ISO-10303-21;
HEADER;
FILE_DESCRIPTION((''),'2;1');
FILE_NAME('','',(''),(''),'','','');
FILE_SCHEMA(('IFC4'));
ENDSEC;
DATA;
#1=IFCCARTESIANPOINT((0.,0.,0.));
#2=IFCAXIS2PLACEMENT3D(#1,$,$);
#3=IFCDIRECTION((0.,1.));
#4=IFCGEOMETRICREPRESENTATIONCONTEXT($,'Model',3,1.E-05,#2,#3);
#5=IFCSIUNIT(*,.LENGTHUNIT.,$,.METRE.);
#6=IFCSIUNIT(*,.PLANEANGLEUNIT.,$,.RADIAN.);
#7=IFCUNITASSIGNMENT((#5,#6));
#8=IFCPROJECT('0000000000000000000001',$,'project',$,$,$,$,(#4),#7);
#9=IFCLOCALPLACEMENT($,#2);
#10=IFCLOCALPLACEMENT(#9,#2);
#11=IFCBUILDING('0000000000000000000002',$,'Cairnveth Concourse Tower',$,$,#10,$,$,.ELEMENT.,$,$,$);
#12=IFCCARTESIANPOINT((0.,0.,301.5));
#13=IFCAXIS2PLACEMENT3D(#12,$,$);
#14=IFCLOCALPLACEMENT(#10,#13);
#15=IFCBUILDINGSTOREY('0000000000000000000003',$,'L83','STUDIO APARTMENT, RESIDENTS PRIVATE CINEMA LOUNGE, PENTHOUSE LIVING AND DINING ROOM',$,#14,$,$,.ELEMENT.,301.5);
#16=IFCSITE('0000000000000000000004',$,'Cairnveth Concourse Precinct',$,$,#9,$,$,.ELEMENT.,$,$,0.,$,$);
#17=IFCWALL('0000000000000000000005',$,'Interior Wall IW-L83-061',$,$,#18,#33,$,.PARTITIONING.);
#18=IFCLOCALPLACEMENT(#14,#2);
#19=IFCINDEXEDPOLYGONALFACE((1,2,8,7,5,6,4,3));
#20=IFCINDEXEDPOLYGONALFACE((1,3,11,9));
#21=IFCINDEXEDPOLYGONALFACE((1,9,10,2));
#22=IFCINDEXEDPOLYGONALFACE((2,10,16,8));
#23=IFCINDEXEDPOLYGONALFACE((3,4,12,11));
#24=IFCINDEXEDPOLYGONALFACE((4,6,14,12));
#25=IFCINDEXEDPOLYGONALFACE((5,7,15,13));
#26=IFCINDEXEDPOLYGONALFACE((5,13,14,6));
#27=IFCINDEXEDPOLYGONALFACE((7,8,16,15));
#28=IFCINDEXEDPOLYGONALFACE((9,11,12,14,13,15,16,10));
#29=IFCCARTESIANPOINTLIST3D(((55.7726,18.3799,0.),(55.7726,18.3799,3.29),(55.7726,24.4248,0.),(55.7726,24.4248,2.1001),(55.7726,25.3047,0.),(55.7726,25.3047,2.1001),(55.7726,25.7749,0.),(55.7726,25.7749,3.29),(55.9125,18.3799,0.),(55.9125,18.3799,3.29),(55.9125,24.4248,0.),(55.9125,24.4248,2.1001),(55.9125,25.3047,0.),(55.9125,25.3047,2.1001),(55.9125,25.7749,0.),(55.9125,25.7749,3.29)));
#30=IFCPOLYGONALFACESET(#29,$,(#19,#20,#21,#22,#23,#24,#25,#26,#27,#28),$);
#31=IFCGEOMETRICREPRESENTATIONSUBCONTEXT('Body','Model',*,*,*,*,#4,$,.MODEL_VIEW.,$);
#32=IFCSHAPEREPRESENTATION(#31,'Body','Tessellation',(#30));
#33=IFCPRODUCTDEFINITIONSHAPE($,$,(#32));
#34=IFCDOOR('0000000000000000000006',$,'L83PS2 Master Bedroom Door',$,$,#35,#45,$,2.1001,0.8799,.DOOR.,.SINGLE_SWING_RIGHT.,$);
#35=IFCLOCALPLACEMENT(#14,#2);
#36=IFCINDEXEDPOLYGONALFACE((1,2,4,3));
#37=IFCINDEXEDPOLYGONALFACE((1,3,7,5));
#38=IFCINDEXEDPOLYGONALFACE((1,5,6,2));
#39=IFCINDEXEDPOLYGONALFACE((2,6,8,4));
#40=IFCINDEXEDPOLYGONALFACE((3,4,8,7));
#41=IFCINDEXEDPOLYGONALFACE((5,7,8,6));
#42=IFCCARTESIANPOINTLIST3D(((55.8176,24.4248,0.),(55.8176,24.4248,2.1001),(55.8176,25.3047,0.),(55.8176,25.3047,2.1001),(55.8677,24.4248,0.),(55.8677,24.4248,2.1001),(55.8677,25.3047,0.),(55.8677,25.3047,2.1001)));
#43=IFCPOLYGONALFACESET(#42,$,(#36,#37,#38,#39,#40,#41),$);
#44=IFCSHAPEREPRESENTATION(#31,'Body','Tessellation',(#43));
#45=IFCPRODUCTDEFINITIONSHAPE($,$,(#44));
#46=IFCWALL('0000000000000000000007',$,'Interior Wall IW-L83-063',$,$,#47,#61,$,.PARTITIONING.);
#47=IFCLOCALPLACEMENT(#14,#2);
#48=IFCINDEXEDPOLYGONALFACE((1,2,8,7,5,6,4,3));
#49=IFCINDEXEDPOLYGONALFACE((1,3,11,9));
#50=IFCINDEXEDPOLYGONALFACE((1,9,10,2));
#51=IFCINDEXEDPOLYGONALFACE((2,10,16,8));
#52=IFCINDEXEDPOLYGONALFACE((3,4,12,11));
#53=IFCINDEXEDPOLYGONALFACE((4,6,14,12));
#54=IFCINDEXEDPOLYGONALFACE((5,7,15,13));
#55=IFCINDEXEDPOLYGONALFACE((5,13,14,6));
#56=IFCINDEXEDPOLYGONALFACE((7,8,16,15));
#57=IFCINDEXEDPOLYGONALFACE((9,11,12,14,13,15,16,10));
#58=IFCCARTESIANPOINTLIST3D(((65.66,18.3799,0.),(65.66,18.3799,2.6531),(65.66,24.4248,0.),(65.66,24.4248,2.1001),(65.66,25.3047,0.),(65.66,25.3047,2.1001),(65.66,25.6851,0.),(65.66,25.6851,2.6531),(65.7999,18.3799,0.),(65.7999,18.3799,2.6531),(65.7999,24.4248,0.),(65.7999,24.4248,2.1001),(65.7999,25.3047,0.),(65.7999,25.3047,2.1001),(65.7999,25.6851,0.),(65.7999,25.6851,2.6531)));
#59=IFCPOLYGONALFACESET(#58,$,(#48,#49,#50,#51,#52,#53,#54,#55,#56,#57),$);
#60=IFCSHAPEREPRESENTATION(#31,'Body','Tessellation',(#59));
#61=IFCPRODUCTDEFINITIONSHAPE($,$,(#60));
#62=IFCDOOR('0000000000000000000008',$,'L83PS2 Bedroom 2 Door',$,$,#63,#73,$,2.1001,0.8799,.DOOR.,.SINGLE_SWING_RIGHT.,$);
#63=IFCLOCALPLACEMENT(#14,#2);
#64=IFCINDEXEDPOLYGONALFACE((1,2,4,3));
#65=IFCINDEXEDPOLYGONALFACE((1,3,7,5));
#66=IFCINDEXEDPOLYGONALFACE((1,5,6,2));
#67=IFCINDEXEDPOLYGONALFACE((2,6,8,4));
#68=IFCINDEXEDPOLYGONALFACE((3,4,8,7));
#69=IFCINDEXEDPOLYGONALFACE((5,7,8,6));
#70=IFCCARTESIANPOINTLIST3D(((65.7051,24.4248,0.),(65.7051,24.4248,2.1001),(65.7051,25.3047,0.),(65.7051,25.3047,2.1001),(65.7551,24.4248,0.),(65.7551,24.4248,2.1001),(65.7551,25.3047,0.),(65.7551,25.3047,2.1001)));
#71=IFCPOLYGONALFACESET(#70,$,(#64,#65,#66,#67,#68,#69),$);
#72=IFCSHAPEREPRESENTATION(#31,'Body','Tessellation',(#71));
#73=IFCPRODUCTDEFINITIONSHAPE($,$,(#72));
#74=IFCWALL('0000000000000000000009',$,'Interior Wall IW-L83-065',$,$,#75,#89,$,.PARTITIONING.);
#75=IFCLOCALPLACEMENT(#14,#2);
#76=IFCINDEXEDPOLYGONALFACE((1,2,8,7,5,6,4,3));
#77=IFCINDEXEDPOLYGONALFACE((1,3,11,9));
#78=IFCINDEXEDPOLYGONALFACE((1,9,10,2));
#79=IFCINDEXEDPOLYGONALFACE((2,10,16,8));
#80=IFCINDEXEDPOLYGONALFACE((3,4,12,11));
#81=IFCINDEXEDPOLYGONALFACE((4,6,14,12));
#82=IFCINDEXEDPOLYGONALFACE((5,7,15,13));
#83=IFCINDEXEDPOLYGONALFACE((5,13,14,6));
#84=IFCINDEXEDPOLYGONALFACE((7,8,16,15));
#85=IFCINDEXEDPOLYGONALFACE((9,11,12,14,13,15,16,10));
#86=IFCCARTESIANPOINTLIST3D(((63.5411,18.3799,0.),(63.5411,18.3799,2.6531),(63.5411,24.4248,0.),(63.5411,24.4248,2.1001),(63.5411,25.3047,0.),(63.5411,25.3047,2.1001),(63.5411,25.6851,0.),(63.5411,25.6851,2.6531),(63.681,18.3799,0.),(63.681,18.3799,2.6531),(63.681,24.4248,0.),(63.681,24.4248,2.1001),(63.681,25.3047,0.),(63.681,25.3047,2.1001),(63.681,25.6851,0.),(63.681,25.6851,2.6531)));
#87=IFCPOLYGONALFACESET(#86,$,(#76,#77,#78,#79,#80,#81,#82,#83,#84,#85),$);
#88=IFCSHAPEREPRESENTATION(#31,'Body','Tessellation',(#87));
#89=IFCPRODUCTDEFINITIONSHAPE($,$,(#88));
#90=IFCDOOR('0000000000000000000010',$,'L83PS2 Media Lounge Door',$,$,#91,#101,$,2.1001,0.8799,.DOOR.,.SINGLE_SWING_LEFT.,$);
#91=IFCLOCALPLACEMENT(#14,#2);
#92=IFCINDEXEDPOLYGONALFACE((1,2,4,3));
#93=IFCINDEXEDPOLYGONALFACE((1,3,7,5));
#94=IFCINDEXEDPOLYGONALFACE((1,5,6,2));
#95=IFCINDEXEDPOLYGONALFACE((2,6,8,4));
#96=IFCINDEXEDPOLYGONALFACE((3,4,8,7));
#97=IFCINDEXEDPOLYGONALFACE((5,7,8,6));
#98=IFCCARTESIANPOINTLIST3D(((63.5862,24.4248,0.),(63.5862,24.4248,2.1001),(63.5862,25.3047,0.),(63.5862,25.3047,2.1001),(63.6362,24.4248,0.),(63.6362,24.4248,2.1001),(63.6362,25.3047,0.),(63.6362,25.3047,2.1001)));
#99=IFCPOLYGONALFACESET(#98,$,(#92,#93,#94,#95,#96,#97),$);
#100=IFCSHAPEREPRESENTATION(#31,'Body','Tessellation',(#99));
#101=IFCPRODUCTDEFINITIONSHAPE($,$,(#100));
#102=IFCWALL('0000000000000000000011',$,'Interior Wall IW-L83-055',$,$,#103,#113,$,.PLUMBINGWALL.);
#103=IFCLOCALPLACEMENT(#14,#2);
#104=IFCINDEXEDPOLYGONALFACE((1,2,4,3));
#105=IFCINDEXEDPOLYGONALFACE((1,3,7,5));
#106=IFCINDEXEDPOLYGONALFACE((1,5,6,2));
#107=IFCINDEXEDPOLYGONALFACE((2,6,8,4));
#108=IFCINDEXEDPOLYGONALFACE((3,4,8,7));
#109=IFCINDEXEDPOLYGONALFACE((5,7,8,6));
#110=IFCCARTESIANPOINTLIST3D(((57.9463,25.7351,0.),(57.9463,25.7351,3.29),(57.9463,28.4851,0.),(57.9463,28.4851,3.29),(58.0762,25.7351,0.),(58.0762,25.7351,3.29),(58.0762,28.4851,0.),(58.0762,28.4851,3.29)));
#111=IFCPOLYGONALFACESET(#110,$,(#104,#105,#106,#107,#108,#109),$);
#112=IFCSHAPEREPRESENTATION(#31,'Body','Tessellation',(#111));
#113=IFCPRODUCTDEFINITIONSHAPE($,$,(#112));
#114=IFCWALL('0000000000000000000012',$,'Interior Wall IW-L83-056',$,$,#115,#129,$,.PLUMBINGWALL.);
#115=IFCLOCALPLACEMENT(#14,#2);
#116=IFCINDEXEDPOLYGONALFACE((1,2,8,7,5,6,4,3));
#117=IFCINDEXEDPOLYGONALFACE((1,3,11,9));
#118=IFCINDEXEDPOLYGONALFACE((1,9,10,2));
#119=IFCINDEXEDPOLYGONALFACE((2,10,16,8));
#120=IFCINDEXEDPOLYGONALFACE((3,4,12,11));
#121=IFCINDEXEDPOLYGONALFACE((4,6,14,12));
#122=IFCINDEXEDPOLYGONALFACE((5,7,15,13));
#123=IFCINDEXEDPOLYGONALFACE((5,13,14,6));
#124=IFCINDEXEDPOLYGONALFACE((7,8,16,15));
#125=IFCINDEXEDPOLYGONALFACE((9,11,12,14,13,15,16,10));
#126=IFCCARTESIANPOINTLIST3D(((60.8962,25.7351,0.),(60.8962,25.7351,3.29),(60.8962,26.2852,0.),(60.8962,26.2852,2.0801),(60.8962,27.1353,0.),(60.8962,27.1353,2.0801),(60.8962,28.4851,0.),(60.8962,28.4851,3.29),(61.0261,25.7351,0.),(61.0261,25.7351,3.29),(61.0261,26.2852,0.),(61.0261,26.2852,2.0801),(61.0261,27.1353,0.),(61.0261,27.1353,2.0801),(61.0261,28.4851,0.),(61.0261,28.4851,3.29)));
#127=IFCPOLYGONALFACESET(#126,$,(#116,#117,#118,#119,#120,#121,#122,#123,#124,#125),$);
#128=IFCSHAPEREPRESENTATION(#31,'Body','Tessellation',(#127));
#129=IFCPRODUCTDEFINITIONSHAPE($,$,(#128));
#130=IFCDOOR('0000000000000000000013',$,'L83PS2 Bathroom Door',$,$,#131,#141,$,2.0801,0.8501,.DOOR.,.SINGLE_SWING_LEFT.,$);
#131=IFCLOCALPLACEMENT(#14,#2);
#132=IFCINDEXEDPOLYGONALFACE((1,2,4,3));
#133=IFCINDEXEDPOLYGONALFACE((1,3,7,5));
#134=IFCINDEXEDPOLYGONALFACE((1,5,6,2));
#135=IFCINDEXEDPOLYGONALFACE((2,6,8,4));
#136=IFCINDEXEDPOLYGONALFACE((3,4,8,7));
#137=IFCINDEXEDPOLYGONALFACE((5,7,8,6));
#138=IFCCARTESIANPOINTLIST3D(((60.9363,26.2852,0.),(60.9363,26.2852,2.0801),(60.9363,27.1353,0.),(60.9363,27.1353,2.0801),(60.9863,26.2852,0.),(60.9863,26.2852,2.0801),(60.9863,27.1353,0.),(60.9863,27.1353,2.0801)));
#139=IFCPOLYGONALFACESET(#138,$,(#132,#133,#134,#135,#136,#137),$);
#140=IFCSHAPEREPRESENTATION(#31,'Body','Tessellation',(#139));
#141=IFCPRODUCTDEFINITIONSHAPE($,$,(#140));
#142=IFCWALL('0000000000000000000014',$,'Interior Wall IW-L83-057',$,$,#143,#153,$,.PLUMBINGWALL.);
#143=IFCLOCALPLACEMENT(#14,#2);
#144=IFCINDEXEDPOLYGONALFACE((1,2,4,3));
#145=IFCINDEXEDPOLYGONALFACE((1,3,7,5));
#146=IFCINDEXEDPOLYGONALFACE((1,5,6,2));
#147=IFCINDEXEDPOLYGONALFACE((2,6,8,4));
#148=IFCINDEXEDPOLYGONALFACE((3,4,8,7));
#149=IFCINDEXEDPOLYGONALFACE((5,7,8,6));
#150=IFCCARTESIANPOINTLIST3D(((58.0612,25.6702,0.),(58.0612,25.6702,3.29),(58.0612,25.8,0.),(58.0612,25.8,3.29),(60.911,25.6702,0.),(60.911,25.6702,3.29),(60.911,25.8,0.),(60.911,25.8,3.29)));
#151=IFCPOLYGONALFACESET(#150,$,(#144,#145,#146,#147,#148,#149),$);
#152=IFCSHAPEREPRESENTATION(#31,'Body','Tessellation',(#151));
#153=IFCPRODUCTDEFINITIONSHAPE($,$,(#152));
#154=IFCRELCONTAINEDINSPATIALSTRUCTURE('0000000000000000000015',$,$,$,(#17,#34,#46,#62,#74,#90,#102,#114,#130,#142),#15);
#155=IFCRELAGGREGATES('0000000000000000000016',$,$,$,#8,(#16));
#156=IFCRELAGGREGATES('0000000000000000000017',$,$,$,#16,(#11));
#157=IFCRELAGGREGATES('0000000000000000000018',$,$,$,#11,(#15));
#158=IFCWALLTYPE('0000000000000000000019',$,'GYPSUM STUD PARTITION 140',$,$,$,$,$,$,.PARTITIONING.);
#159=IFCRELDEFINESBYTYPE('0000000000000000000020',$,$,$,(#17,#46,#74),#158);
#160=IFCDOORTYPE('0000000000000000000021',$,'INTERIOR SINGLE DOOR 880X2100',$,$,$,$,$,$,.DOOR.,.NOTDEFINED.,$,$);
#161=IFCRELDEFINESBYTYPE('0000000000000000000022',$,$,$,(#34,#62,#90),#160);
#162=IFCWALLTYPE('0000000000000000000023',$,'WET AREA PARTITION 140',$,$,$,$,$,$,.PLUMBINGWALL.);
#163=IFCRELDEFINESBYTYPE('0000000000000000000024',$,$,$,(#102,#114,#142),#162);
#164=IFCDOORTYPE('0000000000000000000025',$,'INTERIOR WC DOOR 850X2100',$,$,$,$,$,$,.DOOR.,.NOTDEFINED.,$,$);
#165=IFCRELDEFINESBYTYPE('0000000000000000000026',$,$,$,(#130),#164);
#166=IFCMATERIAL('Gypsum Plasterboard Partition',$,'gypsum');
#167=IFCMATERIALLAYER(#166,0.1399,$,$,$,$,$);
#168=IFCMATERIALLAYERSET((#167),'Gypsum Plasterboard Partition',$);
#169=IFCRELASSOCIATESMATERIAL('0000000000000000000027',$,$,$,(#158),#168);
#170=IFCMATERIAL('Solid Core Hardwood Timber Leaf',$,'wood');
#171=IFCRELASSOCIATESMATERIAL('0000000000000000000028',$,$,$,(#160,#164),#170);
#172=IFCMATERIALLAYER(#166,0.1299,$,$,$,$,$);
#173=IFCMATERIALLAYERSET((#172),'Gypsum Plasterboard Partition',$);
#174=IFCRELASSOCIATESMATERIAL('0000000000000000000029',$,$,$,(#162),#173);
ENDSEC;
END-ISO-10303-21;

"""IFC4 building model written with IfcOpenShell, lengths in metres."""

from ifc_helpers import new_model, si_unit, direction, frame, frame_2d, origin, place, context, subcontext, project, spatial, rectangle, extrude, material, layer, layer_set, type_object, element, fill, save


model = new_model("IFC4")

# Units and contexts
model_context = context("Model", 3, precision=1e-05, world=origin(), true_north=direction((0.0, 1.0)))
body_context = subcontext(model_context, "Body", "Model", "MODEL_VIEW")
ifc_project = project(units=[si_unit("LENGTHUNIT", "METRE"), si_unit("PLANEANGLEUNIT", "RADIAN")], contexts=[model_context])

# Site, building, storey
site_placement = place(None, origin())
site = spatial("IfcSite", under=ifc_project, at=site_placement, Name="Cairnveth Concourse Precinct", CompositionType="ELEMENT", RefElevation=0.0)
building_placement = place(site_placement, origin())
building = spatial("IfcBuilding", under=site, at=building_placement, Name="Cairnveth Concourse Tower", CompositionType="ELEMENT")
storey_placement = place(building_placement, frame((0.0, 0.0, 301.5)))
storey = spatial("IfcBuildingStorey", under=building, at=storey_placement, Name="L83", Description="STUDIO APARTMENT, RESIDENTS PRIVATE CINEMA LOUNGE, PENTHOUSE LIVING AND DINING ROOM", CompositionType="ELEMENT", Elevation=301.5)

# Walls, openings, doors
ifc_material_1 = material(Name="Gypsum Plasterboard Partition", Category="gypsum")
ifc_material_2 = material(Name="Solid Core Hardwood Timber Leaf", Category="wood")
ifc_layer_1 = layer(ifc_material_1, 0.1399)
ifc_layer_set_1 = layer_set([ifc_layer_1], Name="Gypsum Plasterboard Partition")
wall_type_1 = type_object("IfcWallType", Name="GYPSUM STUD PARTITION 140", PredefinedType="PARTITIONING", material=ifc_layer_set_1)
wall_1_placement = place(storey_placement, frame((55.8425, 18.3799, 0.0), z_axis=(0.0, 0.0, 1.0), x_axis=(0.0, 1.0, 0.0)))
wall_1 = element("IfcWall", 1, at=wall_1_placement, inside=storey, type_object=wall_type_1, Name="Interior Wall IW-L83-061", PredefinedType="PARTITIONING", context=body_context, shape_type="SweptSolid", body=[
    extrude(rectangle(XDim=7.395, YDim=0.1399, at=frame_2d((3.6975, 0.0))), origin(), (0.0, 0.0, 1.0), 3.29),
])
opening_1_placement = place(wall_1_placement, frame((6.0449, 0.0, 0.0)))
opening_1 = element("IfcOpeningElement", 2, at=opening_1_placement, cuts=wall_1, PredefinedType="OPENING", context=body_context, shape_type="SweptSolid", body=[
    extrude(rectangle(XDim=0.8799, YDim=2.1001, at=frame_2d((0.4399, 1.05))), frame((0.0, 0.0798, 0.0), z_axis=(0.0, -1.0, 0.0), x_axis=(1.0, 0.0, 0.0)), (0.0, 0.0, 1.0), 0.1599),
])
door_type_1 = type_object("IfcDoorType", Name="INTERIOR SINGLE DOOR 880X2100", OperationType="NOTDEFINED", PredefinedType="DOOR", material=ifc_material_2)
door_1_placement = place(opening_1_placement, origin())
door_1 = element("IfcDoor", 3, at=door_1_placement, inside=storey, type_object=door_type_1, Name="L83PS2 Master Bedroom Door", OperationType="SINGLE_SWING_RIGHT", OverallHeight=2.1001, OverallWidth=0.8799, PredefinedType="DOOR", context=body_context, shape_type="SweptSolid", body=[
    extrude(rectangle(XDim=0.8799, YDim=2.1001, at=frame_2d((0.4399, 1.05))), frame((0.0, 0.0249, 0.0), z_axis=(0.0, -1.0, 0.0), x_axis=(1.0, 0.0, 0.0)), (0.0, 0.0, 1.0), 0.05),
])
fill(opening_1, door_1)
wall_2_placement = place(storey_placement, frame((65.73, 18.3799, 0.0), z_axis=(0.0, 0.0, 1.0), x_axis=(0.0, 1.0, 0.0)))
wall_2 = element("IfcWall", 4, at=wall_2_placement, inside=storey, type_object=wall_type_1, Name="Interior Wall IW-L83-063", PredefinedType="PARTITIONING", context=body_context, shape_type="SweptSolid", body=[
    extrude(rectangle(XDim=7.3052, YDim=0.1399, at=frame_2d((3.6526, 0.0))), origin(), (0.0, 0.0, 1.0), 2.6531),
])
opening_2_placement = place(wall_2_placement, frame((6.0449, 0.0, 0.0)))
opening_2 = element("IfcOpeningElement", 5, at=opening_2_placement, cuts=wall_2, PredefinedType="OPENING", context=body_context, shape_type="SweptSolid", body=[
    extrude(rectangle(XDim=0.8799, YDim=2.1001, at=frame_2d((0.4399, 1.05))), frame((0.0, 0.0798, 0.0), z_axis=(0.0, -1.0, 0.0), x_axis=(1.0, 0.0, 0.0)), (0.0, 0.0, 1.0), 0.1599),
])
door_2_placement = place(opening_2_placement, origin())
door_2 = element("IfcDoor", 6, at=door_2_placement, inside=storey, type_object=door_type_1, Name="L83PS2 Bedroom 2 Door", OperationType="SINGLE_SWING_RIGHT", OverallHeight=2.1001, OverallWidth=0.8799, PredefinedType="DOOR", context=body_context, shape_type="SweptSolid", body=[
    extrude(rectangle(XDim=0.8799, YDim=2.1001, at=frame_2d((0.4399, 1.05))), frame((0.0, 0.0249, 0.0), z_axis=(0.0, -1.0, 0.0), x_axis=(1.0, 0.0, 0.0)), (0.0, 0.0, 1.0), 0.05),
])
fill(opening_2, door_2)
wall_3_placement = place(storey_placement, frame((63.6111, 18.3799, 0.0), z_axis=(0.0, 0.0, 1.0), x_axis=(0.0, 1.0, 0.0)))
wall_3 = element("IfcWall", 7, at=wall_3_placement, inside=storey, type_object=wall_type_1, Name="Interior Wall IW-L83-065", PredefinedType="PARTITIONING", context=body_context, shape_type="SweptSolid", body=[
    extrude(rectangle(XDim=7.3052, YDim=0.1399, at=frame_2d((3.6526, 0.0))), origin(), (0.0, 0.0, 1.0), 2.6531),
])
opening_3_placement = place(wall_3_placement, frame((6.0449, 0.0, 0.0)))
opening_3 = element("IfcOpeningElement", 8, at=opening_3_placement, cuts=wall_3, PredefinedType="OPENING", context=body_context, shape_type="SweptSolid", body=[
    extrude(rectangle(XDim=0.8799, YDim=2.1001, at=frame_2d((0.4399, 1.05))), frame((0.0, 0.0798, 0.0), z_axis=(0.0, -1.0, 0.0), x_axis=(1.0, 0.0, 0.0)), (0.0, 0.0, 1.0), 0.1599),
])
door_3_placement = place(opening_3_placement, origin())
door_3 = element("IfcDoor", 9, at=door_3_placement, inside=storey, type_object=door_type_1, Name="L83PS2 Media Lounge Door", OperationType="SINGLE_SWING_LEFT", OverallHeight=2.1001, OverallWidth=0.8799, PredefinedType="DOOR", context=body_context, shape_type="SweptSolid", body=[
    extrude(rectangle(XDim=0.8799, YDim=2.1001, at=frame_2d((0.4399, 1.05))), frame((0.0, 0.0249, 0.0), z_axis=(0.0, -1.0, 0.0), x_axis=(1.0, 0.0, 0.0)), (0.0, 0.0, 1.0), 0.05),
])
fill(opening_3, door_3)

# Wall
ifc_layer_2 = layer(ifc_material_1, 0.1299)
ifc_layer_set_2 = layer_set([ifc_layer_2], Name="Gypsum Plasterboard Partition")
wall_type_2 = type_object("IfcWallType", Name="WET AREA PARTITION 140", PredefinedType="PLUMBINGWALL", material=ifc_layer_set_2)
wall_4_placement = place(storey_placement, frame((58.0112, 25.7351, 0.0), z_axis=(0.0, 0.0, 1.0), x_axis=(0.0, 1.0, 0.0)))
element("IfcWall", 10, at=wall_4_placement, inside=storey, type_object=wall_type_2, Name="Interior Wall IW-L83-055", PredefinedType="PLUMBINGWALL", context=body_context, shape_type="SweptSolid", body=[
    extrude(rectangle(XDim=2.75, YDim=0.1299, at=frame_2d((1.375, 0.0))), origin(), (0.0, 0.0, 1.0), 3.29),
])

# Wall, opening, door
wall_5_placement = place(storey_placement, frame((60.9612, 25.7351, 0.0), z_axis=(0.0, 0.0, 1.0), x_axis=(0.0, 1.0, 0.0)))
wall_5 = element("IfcWall", 11, at=wall_5_placement, inside=storey, type_object=wall_type_2, Name="Interior Wall IW-L83-056", PredefinedType="PLUMBINGWALL", context=body_context, shape_type="SweptSolid", body=[
    extrude(rectangle(XDim=2.75, YDim=0.1299, at=frame_2d((1.375, 0.0))), origin(), (0.0, 0.0, 1.0), 3.29),
])
opening_4_placement = place(wall_5_placement, frame((0.55, 0.0, 0.0)))
opening_4 = element("IfcOpeningElement", 12, at=opening_4_placement, cuts=wall_5, PredefinedType="OPENING", context=body_context, shape_type="SweptSolid", body=[
    extrude(rectangle(XDim=0.8501, YDim=2.0801, at=frame_2d((0.425, 1.04))), frame((0.0, 0.075, 0.0), z_axis=(0.0, -1.0, 0.0), x_axis=(1.0, 0.0, 0.0)), (0.0, 0.0, 1.0), 0.1499),
])
door_type_2 = type_object("IfcDoorType", Name="INTERIOR WC DOOR 850X2100", OperationType="NOTDEFINED", PredefinedType="DOOR", material=ifc_material_2)
door_4_placement = place(opening_4_placement, origin())
door_4 = element("IfcDoor", 13, at=door_4_placement, inside=storey, type_object=door_type_2, Name="L83PS2 Bathroom Door", OperationType="SINGLE_SWING_LEFT", OverallHeight=2.0801, OverallWidth=0.8501, PredefinedType="DOOR", context=body_context, shape_type="SweptSolid", body=[
    extrude(rectangle(XDim=0.8501, YDim=2.0801, at=frame_2d((0.425, 1.04))), frame((0.0, 0.0249, 0.0), z_axis=(0.0, -1.0, 0.0), x_axis=(1.0, 0.0, 0.0)), (0.0, 0.0, 1.0), 0.05),
])
fill(opening_4, door_4)

# Wall
wall_6_placement = place(storey_placement, frame((58.0613, 25.7351, 0.0), z_axis=(0.0, 0.0, 1.0), x_axis=(1.0, 0.0, 0.0)))
element("IfcWall", 14, at=wall_6_placement, inside=storey, type_object=wall_type_2, Name="Interior Wall IW-L83-057", PredefinedType="PLUMBINGWALL", context=body_context, shape_type="SweptSolid", body=[
    extrude(rectangle(XDim=2.8499, YDim=0.1299, at=frame_2d((1.4248, 0.0))), origin(), (0.0, 0.0, 1.0), 3.29),
])

save(model, "model.ifc")
